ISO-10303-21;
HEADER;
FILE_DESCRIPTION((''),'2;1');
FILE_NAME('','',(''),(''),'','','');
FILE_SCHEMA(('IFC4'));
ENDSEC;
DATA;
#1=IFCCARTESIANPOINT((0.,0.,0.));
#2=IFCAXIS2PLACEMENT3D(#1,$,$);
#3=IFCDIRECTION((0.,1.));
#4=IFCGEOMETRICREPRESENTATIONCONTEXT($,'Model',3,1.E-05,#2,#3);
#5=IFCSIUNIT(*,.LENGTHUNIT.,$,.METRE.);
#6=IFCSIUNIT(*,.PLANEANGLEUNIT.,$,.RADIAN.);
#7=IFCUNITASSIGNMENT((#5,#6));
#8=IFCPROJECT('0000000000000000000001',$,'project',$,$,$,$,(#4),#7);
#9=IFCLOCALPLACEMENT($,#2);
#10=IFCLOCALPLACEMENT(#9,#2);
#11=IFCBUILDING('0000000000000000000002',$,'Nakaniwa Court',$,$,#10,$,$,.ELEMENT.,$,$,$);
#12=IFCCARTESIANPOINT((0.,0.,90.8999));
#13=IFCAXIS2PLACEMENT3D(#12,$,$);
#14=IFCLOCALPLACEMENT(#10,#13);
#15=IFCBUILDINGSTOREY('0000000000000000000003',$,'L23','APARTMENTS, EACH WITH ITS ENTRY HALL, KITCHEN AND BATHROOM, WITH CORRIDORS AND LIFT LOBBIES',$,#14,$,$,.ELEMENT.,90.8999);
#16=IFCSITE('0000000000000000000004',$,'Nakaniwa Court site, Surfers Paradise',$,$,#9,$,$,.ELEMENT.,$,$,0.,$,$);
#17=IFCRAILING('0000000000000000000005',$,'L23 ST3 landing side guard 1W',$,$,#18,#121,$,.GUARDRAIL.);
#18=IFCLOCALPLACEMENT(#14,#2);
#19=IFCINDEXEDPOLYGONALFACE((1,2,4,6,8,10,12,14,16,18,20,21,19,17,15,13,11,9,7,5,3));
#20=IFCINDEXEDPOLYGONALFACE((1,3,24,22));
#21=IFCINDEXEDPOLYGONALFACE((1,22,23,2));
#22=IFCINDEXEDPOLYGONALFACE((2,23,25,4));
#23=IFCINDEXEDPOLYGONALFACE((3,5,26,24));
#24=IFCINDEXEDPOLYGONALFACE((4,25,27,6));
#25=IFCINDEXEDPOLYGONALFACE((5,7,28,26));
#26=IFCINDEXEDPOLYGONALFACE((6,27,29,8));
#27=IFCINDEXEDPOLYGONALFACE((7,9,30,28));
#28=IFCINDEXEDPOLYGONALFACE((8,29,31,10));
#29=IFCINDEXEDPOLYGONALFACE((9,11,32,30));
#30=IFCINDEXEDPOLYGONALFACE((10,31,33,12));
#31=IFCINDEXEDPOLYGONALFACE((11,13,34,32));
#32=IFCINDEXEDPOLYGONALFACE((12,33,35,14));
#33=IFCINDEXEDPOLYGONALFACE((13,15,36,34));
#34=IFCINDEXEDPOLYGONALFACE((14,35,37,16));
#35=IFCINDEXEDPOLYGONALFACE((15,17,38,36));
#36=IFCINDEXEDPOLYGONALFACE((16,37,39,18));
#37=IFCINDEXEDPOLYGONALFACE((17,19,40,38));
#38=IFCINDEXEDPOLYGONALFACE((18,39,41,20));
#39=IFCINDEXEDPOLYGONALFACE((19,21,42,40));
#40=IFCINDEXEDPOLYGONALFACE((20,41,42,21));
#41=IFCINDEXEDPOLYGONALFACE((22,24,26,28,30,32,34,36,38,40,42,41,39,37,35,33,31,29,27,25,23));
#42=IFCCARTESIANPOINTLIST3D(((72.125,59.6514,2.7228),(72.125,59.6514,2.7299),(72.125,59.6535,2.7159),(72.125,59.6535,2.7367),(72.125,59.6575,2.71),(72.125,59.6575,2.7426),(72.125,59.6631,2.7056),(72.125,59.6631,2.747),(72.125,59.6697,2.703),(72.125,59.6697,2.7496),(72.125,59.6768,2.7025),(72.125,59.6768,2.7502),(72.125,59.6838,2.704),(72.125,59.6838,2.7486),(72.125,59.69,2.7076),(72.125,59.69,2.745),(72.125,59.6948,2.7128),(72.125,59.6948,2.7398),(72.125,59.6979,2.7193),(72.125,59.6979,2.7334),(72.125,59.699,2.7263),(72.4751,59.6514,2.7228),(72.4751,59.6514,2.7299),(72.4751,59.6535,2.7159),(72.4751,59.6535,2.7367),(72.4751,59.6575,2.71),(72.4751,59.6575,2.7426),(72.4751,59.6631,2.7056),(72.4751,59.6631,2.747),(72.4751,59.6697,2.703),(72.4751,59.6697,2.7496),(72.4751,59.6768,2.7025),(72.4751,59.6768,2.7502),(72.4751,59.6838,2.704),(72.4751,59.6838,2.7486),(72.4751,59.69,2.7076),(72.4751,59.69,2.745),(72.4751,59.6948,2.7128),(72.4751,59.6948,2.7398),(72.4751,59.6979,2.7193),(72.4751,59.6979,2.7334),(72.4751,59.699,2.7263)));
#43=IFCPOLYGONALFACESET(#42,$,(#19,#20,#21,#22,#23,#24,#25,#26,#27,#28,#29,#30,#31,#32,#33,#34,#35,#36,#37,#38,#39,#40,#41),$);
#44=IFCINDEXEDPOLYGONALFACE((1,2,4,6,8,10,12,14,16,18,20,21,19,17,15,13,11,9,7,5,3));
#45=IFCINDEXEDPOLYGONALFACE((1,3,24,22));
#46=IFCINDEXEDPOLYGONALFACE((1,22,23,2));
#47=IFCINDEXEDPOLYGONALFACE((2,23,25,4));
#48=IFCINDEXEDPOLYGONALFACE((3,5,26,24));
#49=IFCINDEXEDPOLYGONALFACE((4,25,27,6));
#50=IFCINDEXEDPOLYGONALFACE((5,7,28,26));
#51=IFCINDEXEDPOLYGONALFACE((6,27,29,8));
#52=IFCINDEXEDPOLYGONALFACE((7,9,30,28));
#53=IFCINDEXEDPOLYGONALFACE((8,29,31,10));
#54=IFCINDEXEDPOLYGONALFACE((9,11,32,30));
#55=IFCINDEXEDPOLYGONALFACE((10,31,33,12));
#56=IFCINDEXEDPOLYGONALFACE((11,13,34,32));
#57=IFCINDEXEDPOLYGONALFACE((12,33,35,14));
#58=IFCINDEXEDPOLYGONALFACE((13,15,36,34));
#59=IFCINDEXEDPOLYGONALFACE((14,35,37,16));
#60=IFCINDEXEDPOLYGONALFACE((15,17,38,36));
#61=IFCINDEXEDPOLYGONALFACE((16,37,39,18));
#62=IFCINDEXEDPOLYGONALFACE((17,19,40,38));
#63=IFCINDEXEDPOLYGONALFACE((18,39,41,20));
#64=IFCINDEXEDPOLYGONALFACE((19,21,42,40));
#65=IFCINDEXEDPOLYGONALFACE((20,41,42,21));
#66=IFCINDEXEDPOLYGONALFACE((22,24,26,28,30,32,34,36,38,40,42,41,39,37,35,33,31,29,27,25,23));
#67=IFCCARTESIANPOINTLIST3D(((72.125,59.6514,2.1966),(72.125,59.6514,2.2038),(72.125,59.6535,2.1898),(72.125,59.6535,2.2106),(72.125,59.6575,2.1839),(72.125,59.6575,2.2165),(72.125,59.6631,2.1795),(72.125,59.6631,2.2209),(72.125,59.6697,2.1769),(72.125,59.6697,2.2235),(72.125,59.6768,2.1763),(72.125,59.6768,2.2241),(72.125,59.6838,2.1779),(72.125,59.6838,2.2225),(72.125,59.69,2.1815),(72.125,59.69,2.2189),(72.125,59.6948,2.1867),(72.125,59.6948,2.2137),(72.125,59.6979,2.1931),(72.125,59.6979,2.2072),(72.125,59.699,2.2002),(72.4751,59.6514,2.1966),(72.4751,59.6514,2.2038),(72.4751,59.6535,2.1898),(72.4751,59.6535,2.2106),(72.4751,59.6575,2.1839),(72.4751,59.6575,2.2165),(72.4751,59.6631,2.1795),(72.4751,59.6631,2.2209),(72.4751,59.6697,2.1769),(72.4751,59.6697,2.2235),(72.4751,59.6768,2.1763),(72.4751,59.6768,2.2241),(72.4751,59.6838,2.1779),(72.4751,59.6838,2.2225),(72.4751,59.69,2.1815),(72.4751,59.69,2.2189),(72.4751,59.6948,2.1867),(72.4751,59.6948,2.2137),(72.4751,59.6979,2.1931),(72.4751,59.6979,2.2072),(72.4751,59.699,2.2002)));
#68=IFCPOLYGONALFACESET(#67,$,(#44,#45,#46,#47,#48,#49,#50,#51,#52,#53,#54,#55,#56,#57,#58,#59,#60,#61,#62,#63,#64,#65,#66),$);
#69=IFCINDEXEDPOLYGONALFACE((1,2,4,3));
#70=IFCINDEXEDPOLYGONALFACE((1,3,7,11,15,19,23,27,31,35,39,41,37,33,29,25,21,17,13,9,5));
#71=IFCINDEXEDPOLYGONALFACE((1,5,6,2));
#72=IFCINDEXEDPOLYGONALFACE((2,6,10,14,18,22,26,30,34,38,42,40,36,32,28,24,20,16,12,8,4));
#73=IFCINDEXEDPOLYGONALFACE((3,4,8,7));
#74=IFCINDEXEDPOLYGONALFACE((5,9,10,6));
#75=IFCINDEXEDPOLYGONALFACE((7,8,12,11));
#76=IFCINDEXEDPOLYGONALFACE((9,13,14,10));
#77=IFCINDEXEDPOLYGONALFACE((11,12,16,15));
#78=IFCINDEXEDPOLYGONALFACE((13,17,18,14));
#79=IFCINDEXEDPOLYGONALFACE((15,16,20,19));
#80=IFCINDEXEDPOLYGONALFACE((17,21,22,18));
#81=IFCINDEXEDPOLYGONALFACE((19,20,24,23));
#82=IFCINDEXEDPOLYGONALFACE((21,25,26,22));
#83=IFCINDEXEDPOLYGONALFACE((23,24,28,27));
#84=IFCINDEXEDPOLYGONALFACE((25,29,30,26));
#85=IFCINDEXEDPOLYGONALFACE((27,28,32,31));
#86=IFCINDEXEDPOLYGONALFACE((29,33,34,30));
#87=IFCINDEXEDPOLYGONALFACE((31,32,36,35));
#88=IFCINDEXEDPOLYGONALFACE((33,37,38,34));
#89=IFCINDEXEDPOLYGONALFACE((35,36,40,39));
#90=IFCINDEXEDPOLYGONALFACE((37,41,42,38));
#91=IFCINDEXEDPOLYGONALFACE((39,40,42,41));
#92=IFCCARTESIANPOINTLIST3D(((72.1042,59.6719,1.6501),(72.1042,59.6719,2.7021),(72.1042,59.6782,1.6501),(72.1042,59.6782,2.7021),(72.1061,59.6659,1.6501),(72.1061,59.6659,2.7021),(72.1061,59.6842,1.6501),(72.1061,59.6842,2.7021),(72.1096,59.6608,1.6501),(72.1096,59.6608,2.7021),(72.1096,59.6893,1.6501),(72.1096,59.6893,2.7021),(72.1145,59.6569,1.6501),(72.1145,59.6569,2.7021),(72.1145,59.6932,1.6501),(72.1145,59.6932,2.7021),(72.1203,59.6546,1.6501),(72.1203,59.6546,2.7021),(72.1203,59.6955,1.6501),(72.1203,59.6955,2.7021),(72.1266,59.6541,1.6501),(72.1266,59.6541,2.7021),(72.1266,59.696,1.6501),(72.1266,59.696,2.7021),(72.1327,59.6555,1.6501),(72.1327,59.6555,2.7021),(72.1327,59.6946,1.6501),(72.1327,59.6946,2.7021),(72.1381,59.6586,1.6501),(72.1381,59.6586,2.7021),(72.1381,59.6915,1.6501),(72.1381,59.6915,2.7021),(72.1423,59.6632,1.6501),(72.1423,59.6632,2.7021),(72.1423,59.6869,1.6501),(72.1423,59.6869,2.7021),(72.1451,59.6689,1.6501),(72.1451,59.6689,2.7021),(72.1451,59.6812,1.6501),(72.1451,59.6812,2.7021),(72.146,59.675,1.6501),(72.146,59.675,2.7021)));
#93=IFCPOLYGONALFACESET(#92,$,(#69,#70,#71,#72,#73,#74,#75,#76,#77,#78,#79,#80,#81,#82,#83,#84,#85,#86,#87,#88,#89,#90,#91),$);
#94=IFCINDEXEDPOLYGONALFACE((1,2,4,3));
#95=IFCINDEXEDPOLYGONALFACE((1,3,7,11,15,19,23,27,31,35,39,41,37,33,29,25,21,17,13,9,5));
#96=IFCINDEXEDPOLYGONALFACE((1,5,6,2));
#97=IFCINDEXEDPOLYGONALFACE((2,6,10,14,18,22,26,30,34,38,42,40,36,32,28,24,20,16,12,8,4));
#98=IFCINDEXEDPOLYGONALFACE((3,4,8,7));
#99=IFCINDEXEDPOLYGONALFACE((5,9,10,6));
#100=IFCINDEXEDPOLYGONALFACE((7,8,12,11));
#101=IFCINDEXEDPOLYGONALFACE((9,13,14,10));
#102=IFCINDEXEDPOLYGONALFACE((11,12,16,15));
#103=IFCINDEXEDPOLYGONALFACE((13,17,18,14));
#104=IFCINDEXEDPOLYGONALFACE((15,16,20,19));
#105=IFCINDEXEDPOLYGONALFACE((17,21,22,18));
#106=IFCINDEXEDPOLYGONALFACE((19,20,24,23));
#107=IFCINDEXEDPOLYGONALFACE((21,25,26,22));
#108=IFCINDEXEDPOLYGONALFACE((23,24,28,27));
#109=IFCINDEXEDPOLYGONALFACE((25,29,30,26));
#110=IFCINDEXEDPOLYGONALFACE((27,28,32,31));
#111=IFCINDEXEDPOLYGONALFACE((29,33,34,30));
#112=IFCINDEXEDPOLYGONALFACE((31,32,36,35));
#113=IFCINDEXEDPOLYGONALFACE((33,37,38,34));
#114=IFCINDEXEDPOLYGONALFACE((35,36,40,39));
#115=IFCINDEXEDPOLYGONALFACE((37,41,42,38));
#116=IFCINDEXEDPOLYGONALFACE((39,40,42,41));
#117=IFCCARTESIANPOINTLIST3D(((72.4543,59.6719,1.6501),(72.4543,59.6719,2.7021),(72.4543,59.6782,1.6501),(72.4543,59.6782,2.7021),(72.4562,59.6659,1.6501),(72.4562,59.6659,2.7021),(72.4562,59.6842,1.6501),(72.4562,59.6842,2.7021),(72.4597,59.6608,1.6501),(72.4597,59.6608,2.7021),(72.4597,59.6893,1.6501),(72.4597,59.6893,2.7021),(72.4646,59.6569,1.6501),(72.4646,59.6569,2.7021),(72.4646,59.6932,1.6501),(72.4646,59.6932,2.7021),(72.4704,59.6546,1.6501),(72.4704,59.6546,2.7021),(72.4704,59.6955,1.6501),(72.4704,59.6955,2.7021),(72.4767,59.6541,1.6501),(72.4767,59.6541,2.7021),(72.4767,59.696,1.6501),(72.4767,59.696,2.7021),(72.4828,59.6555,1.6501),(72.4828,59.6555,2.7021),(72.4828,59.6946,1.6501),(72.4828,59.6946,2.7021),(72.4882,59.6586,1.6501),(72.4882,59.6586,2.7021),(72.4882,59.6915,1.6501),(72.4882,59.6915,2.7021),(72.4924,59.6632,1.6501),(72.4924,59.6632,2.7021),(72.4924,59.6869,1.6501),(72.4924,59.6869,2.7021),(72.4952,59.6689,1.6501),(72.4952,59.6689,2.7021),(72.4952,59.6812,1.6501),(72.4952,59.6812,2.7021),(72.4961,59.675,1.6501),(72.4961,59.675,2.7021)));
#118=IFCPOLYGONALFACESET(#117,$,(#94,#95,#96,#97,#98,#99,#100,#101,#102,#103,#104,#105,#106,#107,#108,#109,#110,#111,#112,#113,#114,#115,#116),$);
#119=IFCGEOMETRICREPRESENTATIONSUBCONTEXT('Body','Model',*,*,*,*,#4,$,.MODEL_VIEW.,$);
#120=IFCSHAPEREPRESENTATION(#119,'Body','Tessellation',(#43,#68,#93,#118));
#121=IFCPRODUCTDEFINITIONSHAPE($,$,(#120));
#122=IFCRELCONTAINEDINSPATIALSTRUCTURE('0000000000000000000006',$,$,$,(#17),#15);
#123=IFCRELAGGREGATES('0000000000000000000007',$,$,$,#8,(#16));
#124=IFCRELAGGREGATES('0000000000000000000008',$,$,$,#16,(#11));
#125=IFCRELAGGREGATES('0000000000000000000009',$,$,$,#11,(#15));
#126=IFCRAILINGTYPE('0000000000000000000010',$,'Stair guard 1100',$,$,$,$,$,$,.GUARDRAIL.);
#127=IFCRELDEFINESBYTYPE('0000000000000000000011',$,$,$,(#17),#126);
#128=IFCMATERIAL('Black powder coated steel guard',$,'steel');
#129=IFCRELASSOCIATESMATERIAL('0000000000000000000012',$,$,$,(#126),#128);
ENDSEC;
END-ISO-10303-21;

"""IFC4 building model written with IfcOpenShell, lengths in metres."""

from ifc_helpers import new_model, si_unit, direction, frame, origin, origin_2d, place, context, subcontext, project, spatial, circle, extrude, material, type_object, element, save


model = new_model("IFC4")

# Units and contexts
model_context = context("Model", 3, precision=1e-05, world=origin(), true_north=direction((0.0, 1.0)))
body_context = subcontext(model_context, "Body", "Model", "MODEL_VIEW")
ifc_project = project(units=[si_unit("LENGTHUNIT", "METRE"), si_unit("PLANEANGLEUNIT", "RADIAN")], contexts=[model_context])

# Site, building, storey
site_placement = place(None, origin())
site = spatial("IfcSite", under=ifc_project, at=site_placement, Name="Nakaniwa Court site, Surfers Paradise", CompositionType="ELEMENT", RefElevation=0.0)
building_placement = place(site_placement, origin())
building = spatial("IfcBuilding", under=site, at=building_placement, Name="Nakaniwa Court", CompositionType="ELEMENT")
storey_placement = place(building_placement, frame((0.0, 0.0, 90.8999)))
storey = spatial("IfcBuildingStorey", under=building, at=storey_placement, Name="L23", Description="APARTMENTS, EACH WITH ITS ENTRY HALL, KITCHEN AND BATHROOM, WITH CORRIDORS AND LIFT LOBBIES", CompositionType="ELEMENT", Elevation=90.8999)

# Railing
ifc_material_1 = material(Name="Black powder coated steel guard", Category="steel")
railing_type_1 = type_object("IfcRailingType", Name="Stair guard 1100", PredefinedType="GUARDRAIL", material=ifc_material_1)
for number, where, name in (
    (1, (72.125, 59.675, 1.6501), "L23 ST3 landing side guard 1W"),
):
    element("IfcRailing", number, at=place(storey_placement, frame(where)), inside=storey, type_object=railing_type_1, Name=name, PredefinedType="GUARDRAIL", context=body_context, shape_type="SweptSolid", body=[
        extrude(circle(Radius=0.0239, at=origin_2d()), frame((0.0, 0.0, 1.0762), z_axis=(1.0, 0.0, 0.0), x_axis=(0.0, 1.0, 0.0)), (0.0, 0.0, 1.0), 0.3501),
        extrude(circle(Radius=0.0239, at=origin_2d()), frame((0.0, 0.0, 0.55), z_axis=(1.0, 0.0, 0.0), x_axis=(0.0, 1.0, 0.0)), (0.0, 0.0, 1.0), 0.3501),
        extrude(circle(Radius=0.021, at=origin_2d()), origin(), (0.0, 0.0, 1.0), 1.052),
        extrude(circle(Radius=0.021, at=origin_2d()), frame((0.3501, 0.0, 0.0)), (0.0, 0.0, 1.0), 1.052),
    ])

save(model, "model.ifc")
